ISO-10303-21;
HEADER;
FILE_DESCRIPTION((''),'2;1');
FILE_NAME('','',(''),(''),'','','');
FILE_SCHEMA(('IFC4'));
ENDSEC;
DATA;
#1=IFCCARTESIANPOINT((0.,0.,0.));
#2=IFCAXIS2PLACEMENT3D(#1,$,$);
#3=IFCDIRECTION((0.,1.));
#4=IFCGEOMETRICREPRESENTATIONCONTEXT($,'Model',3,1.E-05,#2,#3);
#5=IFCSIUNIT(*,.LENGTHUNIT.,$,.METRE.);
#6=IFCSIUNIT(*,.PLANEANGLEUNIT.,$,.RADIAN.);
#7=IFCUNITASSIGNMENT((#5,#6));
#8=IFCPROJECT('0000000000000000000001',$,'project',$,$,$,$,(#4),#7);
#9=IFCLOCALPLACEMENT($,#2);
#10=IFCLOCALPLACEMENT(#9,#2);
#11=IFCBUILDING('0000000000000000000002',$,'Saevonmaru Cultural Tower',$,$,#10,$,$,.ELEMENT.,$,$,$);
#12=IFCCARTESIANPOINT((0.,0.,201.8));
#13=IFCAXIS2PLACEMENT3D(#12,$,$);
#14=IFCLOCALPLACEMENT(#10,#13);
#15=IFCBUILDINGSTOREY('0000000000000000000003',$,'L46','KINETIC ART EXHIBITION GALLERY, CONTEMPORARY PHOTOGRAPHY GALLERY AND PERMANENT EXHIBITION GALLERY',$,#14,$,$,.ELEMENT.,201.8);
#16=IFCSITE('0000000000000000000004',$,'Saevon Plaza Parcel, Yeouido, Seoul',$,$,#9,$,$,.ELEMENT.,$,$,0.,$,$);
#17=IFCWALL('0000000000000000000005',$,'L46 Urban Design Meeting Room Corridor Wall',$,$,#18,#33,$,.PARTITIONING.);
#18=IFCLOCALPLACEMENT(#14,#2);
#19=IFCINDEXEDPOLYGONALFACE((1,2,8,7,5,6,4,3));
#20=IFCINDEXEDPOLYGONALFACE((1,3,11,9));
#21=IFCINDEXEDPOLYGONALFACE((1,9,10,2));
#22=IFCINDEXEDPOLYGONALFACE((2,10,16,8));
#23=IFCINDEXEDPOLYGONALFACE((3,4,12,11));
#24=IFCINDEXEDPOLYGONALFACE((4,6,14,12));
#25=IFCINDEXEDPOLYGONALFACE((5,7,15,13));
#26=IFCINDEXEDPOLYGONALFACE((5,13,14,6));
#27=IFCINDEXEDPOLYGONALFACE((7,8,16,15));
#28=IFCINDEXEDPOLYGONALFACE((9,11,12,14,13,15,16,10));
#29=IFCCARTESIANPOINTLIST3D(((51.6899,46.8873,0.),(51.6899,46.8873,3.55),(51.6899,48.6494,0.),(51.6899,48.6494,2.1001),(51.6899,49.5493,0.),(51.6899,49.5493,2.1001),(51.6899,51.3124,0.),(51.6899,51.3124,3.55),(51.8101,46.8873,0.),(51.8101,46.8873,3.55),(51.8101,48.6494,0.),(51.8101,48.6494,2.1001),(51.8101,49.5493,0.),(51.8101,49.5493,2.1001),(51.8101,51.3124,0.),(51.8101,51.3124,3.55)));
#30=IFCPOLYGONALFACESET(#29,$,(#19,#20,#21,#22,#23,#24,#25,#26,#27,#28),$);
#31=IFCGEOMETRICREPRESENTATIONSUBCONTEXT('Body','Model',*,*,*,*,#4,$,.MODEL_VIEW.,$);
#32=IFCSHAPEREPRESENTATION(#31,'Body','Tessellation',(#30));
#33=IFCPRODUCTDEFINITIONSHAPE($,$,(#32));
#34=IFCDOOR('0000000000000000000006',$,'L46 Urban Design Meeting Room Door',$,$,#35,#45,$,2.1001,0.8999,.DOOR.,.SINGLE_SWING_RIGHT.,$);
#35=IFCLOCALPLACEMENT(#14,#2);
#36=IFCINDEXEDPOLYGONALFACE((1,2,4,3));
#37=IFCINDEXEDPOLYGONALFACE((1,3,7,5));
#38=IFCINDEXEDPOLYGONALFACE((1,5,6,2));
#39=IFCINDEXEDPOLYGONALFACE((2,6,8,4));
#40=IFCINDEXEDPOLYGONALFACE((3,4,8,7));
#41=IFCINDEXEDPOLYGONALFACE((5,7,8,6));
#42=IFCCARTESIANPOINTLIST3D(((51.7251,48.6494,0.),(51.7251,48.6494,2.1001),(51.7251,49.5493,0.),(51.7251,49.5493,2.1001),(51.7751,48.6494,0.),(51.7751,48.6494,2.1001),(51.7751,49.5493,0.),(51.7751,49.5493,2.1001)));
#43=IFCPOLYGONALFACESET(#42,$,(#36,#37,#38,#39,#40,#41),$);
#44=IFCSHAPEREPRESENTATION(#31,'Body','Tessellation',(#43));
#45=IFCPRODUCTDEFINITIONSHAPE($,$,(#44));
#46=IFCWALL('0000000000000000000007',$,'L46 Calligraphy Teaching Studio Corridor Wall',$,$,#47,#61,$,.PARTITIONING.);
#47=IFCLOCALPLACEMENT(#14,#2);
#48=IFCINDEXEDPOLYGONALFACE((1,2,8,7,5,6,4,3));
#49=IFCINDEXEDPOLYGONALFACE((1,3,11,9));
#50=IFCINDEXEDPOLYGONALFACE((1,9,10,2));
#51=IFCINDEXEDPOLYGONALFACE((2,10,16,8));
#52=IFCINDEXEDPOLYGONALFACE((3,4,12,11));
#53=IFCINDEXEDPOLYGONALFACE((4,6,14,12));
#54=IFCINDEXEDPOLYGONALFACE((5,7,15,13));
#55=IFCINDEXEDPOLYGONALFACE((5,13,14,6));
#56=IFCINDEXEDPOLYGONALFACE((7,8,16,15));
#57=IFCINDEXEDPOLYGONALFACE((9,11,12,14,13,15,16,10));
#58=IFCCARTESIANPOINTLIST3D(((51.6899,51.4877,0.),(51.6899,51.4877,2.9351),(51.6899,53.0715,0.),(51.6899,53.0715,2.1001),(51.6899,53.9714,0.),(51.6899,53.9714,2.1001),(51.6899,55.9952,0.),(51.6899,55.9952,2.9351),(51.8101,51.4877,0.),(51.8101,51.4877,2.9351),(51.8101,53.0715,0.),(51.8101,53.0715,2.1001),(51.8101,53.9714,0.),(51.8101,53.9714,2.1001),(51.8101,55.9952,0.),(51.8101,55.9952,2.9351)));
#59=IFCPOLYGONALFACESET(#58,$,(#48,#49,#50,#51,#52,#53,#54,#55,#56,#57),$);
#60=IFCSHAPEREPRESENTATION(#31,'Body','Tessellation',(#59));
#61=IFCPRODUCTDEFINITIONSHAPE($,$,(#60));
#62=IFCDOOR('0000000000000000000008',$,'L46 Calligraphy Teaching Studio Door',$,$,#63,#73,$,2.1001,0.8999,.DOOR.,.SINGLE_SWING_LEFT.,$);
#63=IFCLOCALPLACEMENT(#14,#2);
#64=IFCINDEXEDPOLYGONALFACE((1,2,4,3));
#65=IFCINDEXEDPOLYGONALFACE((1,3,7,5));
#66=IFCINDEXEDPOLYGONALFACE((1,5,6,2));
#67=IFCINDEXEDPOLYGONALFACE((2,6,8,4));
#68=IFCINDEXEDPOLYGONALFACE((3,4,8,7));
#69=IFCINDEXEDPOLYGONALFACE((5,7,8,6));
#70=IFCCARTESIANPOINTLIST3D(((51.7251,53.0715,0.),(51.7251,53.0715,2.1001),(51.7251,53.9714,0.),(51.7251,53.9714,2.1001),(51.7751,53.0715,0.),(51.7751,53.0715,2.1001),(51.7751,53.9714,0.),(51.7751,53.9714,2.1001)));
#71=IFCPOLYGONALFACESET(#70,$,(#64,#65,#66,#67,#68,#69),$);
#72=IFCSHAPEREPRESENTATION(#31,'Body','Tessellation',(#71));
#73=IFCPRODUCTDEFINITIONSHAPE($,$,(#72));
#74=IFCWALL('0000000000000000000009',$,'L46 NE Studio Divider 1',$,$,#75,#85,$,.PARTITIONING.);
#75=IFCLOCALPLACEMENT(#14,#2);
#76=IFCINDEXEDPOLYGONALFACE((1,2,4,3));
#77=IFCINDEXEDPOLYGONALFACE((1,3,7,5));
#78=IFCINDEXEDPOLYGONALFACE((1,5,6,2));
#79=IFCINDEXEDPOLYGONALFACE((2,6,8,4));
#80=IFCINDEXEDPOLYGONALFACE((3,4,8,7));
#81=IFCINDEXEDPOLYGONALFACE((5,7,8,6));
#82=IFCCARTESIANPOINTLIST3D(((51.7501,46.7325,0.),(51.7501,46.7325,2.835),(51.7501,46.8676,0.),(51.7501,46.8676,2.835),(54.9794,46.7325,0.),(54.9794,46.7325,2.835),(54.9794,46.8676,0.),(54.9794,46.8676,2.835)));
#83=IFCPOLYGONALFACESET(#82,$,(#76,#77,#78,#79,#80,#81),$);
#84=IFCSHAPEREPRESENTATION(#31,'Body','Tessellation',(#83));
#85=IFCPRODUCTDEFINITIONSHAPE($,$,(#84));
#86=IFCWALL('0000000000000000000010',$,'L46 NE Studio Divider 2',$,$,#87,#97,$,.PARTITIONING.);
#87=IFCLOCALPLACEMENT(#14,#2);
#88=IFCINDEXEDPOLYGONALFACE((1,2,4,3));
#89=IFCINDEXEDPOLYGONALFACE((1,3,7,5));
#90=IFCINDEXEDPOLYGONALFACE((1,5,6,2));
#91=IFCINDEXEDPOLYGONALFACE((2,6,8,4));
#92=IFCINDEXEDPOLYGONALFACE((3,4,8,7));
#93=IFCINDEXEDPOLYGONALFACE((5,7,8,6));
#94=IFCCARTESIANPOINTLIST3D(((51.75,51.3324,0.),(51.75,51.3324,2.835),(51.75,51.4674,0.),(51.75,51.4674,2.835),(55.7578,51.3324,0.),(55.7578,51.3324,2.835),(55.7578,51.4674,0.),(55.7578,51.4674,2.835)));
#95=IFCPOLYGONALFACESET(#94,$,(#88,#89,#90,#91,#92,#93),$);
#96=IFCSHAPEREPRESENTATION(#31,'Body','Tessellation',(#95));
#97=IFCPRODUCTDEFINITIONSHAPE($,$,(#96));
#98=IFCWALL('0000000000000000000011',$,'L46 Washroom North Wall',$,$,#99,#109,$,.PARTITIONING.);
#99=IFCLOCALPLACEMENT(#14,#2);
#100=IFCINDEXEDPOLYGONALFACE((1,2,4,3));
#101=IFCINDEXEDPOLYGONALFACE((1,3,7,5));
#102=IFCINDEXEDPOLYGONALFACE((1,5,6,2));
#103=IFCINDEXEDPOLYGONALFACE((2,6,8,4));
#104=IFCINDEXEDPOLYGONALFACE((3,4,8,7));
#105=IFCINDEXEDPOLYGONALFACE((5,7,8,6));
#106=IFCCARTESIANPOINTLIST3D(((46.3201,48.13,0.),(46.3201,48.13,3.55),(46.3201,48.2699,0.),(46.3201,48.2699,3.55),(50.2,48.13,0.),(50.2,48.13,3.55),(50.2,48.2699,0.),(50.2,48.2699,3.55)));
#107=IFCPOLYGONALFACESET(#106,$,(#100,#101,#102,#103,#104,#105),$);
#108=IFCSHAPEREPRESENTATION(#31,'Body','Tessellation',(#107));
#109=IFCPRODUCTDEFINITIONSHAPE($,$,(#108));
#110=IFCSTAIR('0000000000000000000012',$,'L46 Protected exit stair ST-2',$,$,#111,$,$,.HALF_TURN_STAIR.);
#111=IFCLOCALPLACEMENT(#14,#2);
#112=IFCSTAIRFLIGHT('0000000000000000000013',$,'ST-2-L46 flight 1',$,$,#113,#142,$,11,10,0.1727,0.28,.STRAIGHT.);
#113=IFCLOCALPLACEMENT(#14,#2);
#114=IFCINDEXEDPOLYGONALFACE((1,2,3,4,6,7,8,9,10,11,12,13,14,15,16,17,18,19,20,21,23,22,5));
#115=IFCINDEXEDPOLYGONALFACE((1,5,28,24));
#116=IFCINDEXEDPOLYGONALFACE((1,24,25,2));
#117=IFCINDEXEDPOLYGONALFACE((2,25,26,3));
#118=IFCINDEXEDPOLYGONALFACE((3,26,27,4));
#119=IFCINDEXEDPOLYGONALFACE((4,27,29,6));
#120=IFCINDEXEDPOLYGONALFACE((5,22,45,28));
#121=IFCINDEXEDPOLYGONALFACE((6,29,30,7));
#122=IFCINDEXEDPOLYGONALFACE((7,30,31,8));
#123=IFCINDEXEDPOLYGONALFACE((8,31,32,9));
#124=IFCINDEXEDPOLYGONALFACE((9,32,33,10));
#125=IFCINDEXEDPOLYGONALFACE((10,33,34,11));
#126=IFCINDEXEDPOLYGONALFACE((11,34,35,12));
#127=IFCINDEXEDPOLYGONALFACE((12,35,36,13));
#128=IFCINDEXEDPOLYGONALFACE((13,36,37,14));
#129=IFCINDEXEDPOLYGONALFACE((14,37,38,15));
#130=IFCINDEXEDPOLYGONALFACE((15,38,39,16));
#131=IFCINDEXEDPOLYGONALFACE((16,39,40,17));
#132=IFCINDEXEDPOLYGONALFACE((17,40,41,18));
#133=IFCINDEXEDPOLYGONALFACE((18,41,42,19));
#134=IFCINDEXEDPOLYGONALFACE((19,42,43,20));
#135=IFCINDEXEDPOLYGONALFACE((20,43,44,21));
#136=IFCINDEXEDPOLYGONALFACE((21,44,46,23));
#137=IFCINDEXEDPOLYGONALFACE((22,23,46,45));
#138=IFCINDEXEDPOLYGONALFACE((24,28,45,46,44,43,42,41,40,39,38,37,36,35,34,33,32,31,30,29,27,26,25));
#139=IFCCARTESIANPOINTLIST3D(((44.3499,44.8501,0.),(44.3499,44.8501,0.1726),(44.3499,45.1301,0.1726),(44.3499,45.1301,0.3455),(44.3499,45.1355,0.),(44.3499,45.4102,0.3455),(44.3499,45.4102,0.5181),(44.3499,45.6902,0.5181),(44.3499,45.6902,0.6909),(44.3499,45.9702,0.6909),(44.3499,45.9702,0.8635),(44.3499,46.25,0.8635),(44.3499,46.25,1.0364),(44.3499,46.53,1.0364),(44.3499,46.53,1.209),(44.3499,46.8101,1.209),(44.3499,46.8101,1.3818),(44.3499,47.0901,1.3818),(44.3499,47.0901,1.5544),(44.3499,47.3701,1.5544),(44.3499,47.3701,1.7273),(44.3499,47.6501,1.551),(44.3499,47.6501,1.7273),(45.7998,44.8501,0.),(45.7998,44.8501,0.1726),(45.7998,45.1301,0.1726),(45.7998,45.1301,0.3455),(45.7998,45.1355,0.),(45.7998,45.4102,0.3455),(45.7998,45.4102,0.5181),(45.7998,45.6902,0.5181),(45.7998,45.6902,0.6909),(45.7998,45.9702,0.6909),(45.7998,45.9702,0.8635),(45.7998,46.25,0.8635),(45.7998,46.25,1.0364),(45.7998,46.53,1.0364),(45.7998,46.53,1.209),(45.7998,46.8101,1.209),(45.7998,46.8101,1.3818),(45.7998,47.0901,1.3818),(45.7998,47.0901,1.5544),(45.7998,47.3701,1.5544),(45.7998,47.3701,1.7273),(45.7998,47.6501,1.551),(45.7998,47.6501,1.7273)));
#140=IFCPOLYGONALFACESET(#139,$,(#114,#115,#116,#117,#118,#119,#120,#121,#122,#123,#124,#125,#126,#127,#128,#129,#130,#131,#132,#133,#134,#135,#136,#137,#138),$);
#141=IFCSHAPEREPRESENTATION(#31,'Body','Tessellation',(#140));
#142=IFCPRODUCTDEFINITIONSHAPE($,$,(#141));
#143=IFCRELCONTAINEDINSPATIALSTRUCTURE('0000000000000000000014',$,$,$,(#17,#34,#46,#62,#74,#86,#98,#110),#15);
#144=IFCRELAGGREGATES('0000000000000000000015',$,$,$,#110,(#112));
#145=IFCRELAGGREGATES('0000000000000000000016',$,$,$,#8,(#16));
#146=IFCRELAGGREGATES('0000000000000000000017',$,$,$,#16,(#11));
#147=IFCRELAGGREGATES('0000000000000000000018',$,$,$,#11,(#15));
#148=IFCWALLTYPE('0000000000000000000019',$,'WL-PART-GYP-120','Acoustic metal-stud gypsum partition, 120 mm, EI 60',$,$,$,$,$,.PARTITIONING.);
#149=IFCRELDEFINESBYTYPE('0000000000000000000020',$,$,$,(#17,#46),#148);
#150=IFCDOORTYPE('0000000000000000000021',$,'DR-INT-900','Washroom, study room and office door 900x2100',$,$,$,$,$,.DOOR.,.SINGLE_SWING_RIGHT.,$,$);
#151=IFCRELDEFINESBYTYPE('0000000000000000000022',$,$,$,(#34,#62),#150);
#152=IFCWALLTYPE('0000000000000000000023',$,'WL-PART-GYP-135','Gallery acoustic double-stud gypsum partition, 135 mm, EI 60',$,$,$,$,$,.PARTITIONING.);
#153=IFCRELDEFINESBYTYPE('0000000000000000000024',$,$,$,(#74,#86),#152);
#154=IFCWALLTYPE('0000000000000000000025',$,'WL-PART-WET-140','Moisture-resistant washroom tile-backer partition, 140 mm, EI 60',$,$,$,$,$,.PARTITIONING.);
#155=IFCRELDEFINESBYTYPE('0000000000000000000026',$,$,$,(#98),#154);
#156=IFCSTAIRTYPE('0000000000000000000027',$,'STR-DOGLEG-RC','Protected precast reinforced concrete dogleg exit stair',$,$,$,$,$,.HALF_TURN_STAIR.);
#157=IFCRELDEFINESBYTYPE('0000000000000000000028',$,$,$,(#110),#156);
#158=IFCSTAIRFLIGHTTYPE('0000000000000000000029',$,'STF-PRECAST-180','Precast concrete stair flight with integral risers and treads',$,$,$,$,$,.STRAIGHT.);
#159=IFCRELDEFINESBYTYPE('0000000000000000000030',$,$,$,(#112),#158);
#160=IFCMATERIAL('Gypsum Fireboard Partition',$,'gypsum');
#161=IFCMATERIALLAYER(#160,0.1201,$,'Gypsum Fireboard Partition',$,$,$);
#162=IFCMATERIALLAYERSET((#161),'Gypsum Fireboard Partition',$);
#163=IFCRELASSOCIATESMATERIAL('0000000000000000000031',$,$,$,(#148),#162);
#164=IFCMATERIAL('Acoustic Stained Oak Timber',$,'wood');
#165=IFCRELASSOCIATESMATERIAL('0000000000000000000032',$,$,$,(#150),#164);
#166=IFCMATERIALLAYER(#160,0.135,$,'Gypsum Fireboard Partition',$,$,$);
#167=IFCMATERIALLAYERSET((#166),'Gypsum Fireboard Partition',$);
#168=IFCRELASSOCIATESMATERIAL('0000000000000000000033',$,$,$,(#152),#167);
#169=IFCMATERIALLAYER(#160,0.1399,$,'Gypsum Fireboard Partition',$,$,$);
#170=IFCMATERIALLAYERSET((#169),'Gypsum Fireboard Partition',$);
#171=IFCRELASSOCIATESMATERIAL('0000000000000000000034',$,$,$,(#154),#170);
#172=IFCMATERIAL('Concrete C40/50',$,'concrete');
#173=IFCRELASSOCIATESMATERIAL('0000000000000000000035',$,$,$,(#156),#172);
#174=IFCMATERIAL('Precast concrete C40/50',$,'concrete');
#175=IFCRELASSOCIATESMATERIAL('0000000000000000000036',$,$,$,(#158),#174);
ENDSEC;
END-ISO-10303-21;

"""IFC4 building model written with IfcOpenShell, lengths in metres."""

from ifc_helpers import new_model, si_unit, direction, frame, frame_2d, origin, place, context, subcontext, project, spatial, polyline, rectangle, outline, extrude, material, layer, layer_set, type_object, element, fill, aggregate, save


model = new_model("IFC4")

# Units and contexts
model_context = context("Model", 3, precision=1e-05, world=origin(), true_north=direction((0.0, 1.0)))
body_context = subcontext(model_context, "Body", "Model", "MODEL_VIEW")
ifc_project = project(units=[si_unit("LENGTHUNIT", "METRE"), si_unit("PLANEANGLEUNIT", "RADIAN")], contexts=[model_context])

# Site, building, storey
site_placement = place(None, origin())
site = spatial("IfcSite", under=ifc_project, at=site_placement, Name="Saevon Plaza Parcel, Yeouido, Seoul", CompositionType="ELEMENT", RefElevation=0.0)
building_placement = place(site_placement, origin())
building = spatial("IfcBuilding", under=site, at=building_placement, Name="Saevonmaru Cultural Tower", CompositionType="ELEMENT")
storey_placement = place(building_placement, frame((0.0, 0.0, 201.8)))
storey = spatial("IfcBuildingStorey", under=building, at=storey_placement, Name="L46", Description="KINETIC ART EXHIBITION GALLERY, CONTEMPORARY PHOTOGRAPHY GALLERY AND PERMANENT EXHIBITION GALLERY", CompositionType="ELEMENT", Elevation=201.8)

# Walls, openings, doors
ifc_material_1 = material(Name="Gypsum Fireboard Partition", Category="gypsum")
ifc_layer_1 = layer(ifc_material_1, 0.1201, Name="Gypsum Fireboard Partition")
ifc_layer_set_1 = layer_set([ifc_layer_1], Name="Gypsum Fireboard Partition")
wall_type_1 = type_object("IfcWallType", Name="WL-PART-GYP-120", Description="Acoustic metal-stud gypsum partition, 120 mm, EI 60", PredefinedType="PARTITIONING", material=ifc_layer_set_1)
wall_1_placement = place(storey_placement, frame((51.75, 46.8875, 0.0), z_axis=(0.0, 0.0, 1.0), x_axis=(0.0, 1.0, 0.0)))
wall_1 = element("IfcWall", 1, at=wall_1_placement, inside=storey, type_object=wall_type_1, Name="L46 Urban Design Meeting Room Corridor Wall", PredefinedType="PARTITIONING", context=body_context, shape_type="SweptSolid", body=[
    extrude(rectangle(XDim=4.425, YDim=0.1201, at=frame_2d((2.2124, 0.0))), origin(), (0.0, 0.0, 1.0), 3.55),
])
opening_1_placement = place(wall_1_placement, frame((1.762, 0.0, 0.0)))
opening_1 = element("IfcOpeningElement", 2, at=opening_1_placement, cuts=wall_1, PredefinedType="OPENING", context=body_context, shape_type="SweptSolid", body=[
    extrude(rectangle(XDim=0.8999, YDim=2.1001, at=frame_2d((0.45, 1.05))), frame((0.0, 0.0701, 0.0), z_axis=(0.0, -1.0, 0.0), x_axis=(1.0, 0.0, 0.0)), (0.0, 0.0, 1.0), 0.1401),
])
ifc_material_2 = material(Name="Acoustic Stained Oak Timber", Category="wood")
door_type_1 = type_object("IfcDoorType", Name="DR-INT-900", Description="Washroom, study room and office door 900x2100", OperationType="SINGLE_SWING_RIGHT", PredefinedType="DOOR", material=ifc_material_2)
door_1_placement = place(opening_1_placement, origin())
door_1 = element("IfcDoor", 3, at=door_1_placement, inside=storey, type_object=door_type_1, Name="L46 Urban Design Meeting Room Door", OperationType="SINGLE_SWING_RIGHT", OverallHeight=2.1001, OverallWidth=0.8999, PredefinedType="DOOR", context=body_context, shape_type="SweptSolid", body=[
    extrude(rectangle(XDim=0.8999, YDim=2.1001, at=frame_2d((0.45, 1.05))), frame((0.0, 0.0249, 0.0), z_axis=(0.0, -1.0, 0.0), x_axis=(1.0, 0.0, 0.0)), (0.0, 0.0, 1.0), 0.05),
])
fill(opening_1, door_1)
wall_2_placement = place(storey_placement, frame((51.75, 51.4875, 0.0), z_axis=(0.0, 0.0, 1.0), x_axis=(0.0, 1.0, 0.0)))
wall_2 = element("IfcWall", 4, at=wall_2_placement, inside=storey, type_object=wall_type_1, Name="L46 Calligraphy Teaching Studio Corridor Wall", PredefinedType="PARTITIONING", context=body_context, shape_type="SweptSolid", body=[
    extrude(rectangle(XDim=4.5076, YDim=0.1201, at=frame_2d((2.2539, 0.0))), origin(), (0.0, 0.0, 1.0), 2.9351),
])
opening_2_placement = place(wall_2_placement, frame((1.584, 0.0, 0.0)))
opening_2 = element("IfcOpeningElement", 5, at=opening_2_placement, cuts=wall_2, PredefinedType="OPENING", context=body_context, shape_type="SweptSolid", body=[
    extrude(rectangle(XDim=0.8999, YDim=2.1001, at=frame_2d((0.45, 1.05))), frame((0.0, 0.0701, 0.0), z_axis=(0.0, -1.0, 0.0), x_axis=(1.0, 0.0, 0.0)), (0.0, 0.0, 1.0), 0.1401),
])
door_2_placement = place(opening_2_placement, origin())
door_2 = element("IfcDoor", 6, at=door_2_placement, inside=storey, type_object=door_type_1, Name="L46 Calligraphy Teaching Studio Door", OperationType="SINGLE_SWING_LEFT", OverallHeight=2.1001, OverallWidth=0.8999, PredefinedType="DOOR", context=body_context, shape_type="SweptSolid", body=[
    extrude(rectangle(XDim=0.8999, YDim=2.1001, at=frame_2d((0.45, 1.05))), frame((0.0, 0.0249, 0.0), z_axis=(0.0, -1.0, 0.0), x_axis=(1.0, 0.0, 0.0)), (0.0, 0.0, 1.0), 0.05),
])
fill(opening_2, door_2)

# Walls
ifc_layer_2 = layer(ifc_material_1, 0.135, Name="Gypsum Fireboard Partition")
ifc_layer_set_2 = layer_set([ifc_layer_2], Name="Gypsum Fireboard Partition")
wall_type_2 = type_object("IfcWallType", Name="WL-PART-GYP-135", Description="Gallery acoustic double-stud gypsum partition, 135 mm, EI 60", PredefinedType="PARTITIONING", material=ifc_layer_set_2)
wall_3_placement = place(storey_placement, frame((51.75, 46.8, 0.0), z_axis=(0.0, 0.0, 1.0), x_axis=(1.0, 0.0, 0.0)))
element("IfcWall", 7, at=wall_3_placement, inside=storey, type_object=wall_type_2, Name="L46 NE Studio Divider 1", PredefinedType="PARTITIONING", context=body_context, shape_type="SweptSolid", body=[
    extrude(rectangle(XDim=3.2292, YDim=0.135, at=frame_2d((1.6147, 0.0))), origin(), (0.0, 0.0, 1.0), 2.835),
])
wall_4_placement = place(storey_placement, frame((51.75, 51.3999, 0.0), z_axis=(0.0, 0.0, 1.0), x_axis=(1.0, 0.0, 0.0)))
element("IfcWall", 8, at=wall_4_placement, inside=storey, type_object=wall_type_2, Name="L46 NE Studio Divider 2", PredefinedType="PARTITIONING", context=body_context, shape_type="SweptSolid", body=[
    extrude(rectangle(XDim=4.0078, YDim=0.135, at=frame_2d((2.0039, 0.0))), origin(), (0.0, 0.0, 1.0), 2.835),
])
ifc_layer_3 = layer(ifc_material_1, 0.1399, Name="Gypsum Fireboard Partition")
ifc_layer_set_3 = layer_set([ifc_layer_3], Name="Gypsum Fireboard Partition")
wall_type_3 = type_object("IfcWallType", Name="WL-PART-WET-140", Description="Moisture-resistant washroom tile-backer partition, 140 mm, EI 60", PredefinedType="PARTITIONING", material=ifc_layer_set_3)
wall_5_placement = place(storey_placement, frame((46.3201, 48.2, 0.0), z_axis=(0.0, 0.0, 1.0), x_axis=(1.0, 0.0, 0.0)))
element("IfcWall", 9, at=wall_5_placement, inside=storey, type_object=wall_type_3, Name="L46 Washroom North Wall", PredefinedType="PARTITIONING", context=body_context, shape_type="SweptSolid", body=[
    extrude(rectangle(XDim=3.8799, YDim=0.1399, at=frame_2d((1.9399, 0.0))), origin(), (0.0, 0.0, 1.0), 3.55),
])

# Stair, stair flight
ifc_material_3 = material(Name="Concrete C40/50", Category="concrete")
stair_type = type_object("IfcStairType", Name="STR-DOGLEG-RC", Description="Protected precast reinforced concrete dogleg exit stair", PredefinedType="HALF_TURN_STAIR", material=ifc_material_3)
stair_placement = place(storey_placement, origin())
stair = element("IfcStair", 10, at=stair_placement, inside=storey, type_object=stair_type, Name="L46 Protected exit stair ST-2", PredefinedType="HALF_TURN_STAIR")
ifc_material_4 = material(Name="Precast concrete C40/50", Category="concrete")
stair_flight_type = type_object("IfcStairFlightType", Name="STF-PRECAST-180", Description="Precast concrete stair flight with integral risers and treads", PredefinedType="STRAIGHT", material=ifc_material_4)
stair_flight_placement = place(storey_placement, frame((45.075, 44.8501, 0.0), z_axis=(0.0, 0.0, 1.0), x_axis=(0.0, 1.0, 0.0)))
stair_flight = element("IfcStairFlight", 11, at=stair_flight_placement, type_object=stair_flight_type, Name="ST-2-L46 flight 1", NumberOfRisers=11, NumberOfTreads=10, PredefinedType="STRAIGHT", RiserHeight=0.1727, TreadLength=0.28, context=body_context, shape_type="SweptSolid", body=[
    extrude(outline(polyline([(0.0, 0.0), (0.0, 0.1726), (0.28, 0.1726), (0.28, 0.3455), (0.5601, 0.3455), (0.5601, 0.5181), (0.8401, 0.5181), (0.8401, 0.6909), (1.1201, 0.6909), (1.1201, 0.8635), (1.3999, 0.8635), (1.3999, 1.0364), (1.6799, 1.0364), (1.6799, 1.209), (1.96, 1.209), (1.96, 1.3818), (2.24, 1.3818), (2.24, 1.5544), (2.52, 1.5544), (2.52, 1.7273), (2.8, 1.7273), (2.8, 1.8999), (2.8, 1.551), (0.2854, 0.0), (0.0, 0.0)])), frame((0.0, 0.7251, 0.0), z_axis=(0.0, -1.0, 0.0), x_axis=(1.0, 0.0, 0.0)), (0.0, 0.0, 1.0), 1.45),
])
aggregate(stair, [stair_flight])

save(model, "model.ifc")
